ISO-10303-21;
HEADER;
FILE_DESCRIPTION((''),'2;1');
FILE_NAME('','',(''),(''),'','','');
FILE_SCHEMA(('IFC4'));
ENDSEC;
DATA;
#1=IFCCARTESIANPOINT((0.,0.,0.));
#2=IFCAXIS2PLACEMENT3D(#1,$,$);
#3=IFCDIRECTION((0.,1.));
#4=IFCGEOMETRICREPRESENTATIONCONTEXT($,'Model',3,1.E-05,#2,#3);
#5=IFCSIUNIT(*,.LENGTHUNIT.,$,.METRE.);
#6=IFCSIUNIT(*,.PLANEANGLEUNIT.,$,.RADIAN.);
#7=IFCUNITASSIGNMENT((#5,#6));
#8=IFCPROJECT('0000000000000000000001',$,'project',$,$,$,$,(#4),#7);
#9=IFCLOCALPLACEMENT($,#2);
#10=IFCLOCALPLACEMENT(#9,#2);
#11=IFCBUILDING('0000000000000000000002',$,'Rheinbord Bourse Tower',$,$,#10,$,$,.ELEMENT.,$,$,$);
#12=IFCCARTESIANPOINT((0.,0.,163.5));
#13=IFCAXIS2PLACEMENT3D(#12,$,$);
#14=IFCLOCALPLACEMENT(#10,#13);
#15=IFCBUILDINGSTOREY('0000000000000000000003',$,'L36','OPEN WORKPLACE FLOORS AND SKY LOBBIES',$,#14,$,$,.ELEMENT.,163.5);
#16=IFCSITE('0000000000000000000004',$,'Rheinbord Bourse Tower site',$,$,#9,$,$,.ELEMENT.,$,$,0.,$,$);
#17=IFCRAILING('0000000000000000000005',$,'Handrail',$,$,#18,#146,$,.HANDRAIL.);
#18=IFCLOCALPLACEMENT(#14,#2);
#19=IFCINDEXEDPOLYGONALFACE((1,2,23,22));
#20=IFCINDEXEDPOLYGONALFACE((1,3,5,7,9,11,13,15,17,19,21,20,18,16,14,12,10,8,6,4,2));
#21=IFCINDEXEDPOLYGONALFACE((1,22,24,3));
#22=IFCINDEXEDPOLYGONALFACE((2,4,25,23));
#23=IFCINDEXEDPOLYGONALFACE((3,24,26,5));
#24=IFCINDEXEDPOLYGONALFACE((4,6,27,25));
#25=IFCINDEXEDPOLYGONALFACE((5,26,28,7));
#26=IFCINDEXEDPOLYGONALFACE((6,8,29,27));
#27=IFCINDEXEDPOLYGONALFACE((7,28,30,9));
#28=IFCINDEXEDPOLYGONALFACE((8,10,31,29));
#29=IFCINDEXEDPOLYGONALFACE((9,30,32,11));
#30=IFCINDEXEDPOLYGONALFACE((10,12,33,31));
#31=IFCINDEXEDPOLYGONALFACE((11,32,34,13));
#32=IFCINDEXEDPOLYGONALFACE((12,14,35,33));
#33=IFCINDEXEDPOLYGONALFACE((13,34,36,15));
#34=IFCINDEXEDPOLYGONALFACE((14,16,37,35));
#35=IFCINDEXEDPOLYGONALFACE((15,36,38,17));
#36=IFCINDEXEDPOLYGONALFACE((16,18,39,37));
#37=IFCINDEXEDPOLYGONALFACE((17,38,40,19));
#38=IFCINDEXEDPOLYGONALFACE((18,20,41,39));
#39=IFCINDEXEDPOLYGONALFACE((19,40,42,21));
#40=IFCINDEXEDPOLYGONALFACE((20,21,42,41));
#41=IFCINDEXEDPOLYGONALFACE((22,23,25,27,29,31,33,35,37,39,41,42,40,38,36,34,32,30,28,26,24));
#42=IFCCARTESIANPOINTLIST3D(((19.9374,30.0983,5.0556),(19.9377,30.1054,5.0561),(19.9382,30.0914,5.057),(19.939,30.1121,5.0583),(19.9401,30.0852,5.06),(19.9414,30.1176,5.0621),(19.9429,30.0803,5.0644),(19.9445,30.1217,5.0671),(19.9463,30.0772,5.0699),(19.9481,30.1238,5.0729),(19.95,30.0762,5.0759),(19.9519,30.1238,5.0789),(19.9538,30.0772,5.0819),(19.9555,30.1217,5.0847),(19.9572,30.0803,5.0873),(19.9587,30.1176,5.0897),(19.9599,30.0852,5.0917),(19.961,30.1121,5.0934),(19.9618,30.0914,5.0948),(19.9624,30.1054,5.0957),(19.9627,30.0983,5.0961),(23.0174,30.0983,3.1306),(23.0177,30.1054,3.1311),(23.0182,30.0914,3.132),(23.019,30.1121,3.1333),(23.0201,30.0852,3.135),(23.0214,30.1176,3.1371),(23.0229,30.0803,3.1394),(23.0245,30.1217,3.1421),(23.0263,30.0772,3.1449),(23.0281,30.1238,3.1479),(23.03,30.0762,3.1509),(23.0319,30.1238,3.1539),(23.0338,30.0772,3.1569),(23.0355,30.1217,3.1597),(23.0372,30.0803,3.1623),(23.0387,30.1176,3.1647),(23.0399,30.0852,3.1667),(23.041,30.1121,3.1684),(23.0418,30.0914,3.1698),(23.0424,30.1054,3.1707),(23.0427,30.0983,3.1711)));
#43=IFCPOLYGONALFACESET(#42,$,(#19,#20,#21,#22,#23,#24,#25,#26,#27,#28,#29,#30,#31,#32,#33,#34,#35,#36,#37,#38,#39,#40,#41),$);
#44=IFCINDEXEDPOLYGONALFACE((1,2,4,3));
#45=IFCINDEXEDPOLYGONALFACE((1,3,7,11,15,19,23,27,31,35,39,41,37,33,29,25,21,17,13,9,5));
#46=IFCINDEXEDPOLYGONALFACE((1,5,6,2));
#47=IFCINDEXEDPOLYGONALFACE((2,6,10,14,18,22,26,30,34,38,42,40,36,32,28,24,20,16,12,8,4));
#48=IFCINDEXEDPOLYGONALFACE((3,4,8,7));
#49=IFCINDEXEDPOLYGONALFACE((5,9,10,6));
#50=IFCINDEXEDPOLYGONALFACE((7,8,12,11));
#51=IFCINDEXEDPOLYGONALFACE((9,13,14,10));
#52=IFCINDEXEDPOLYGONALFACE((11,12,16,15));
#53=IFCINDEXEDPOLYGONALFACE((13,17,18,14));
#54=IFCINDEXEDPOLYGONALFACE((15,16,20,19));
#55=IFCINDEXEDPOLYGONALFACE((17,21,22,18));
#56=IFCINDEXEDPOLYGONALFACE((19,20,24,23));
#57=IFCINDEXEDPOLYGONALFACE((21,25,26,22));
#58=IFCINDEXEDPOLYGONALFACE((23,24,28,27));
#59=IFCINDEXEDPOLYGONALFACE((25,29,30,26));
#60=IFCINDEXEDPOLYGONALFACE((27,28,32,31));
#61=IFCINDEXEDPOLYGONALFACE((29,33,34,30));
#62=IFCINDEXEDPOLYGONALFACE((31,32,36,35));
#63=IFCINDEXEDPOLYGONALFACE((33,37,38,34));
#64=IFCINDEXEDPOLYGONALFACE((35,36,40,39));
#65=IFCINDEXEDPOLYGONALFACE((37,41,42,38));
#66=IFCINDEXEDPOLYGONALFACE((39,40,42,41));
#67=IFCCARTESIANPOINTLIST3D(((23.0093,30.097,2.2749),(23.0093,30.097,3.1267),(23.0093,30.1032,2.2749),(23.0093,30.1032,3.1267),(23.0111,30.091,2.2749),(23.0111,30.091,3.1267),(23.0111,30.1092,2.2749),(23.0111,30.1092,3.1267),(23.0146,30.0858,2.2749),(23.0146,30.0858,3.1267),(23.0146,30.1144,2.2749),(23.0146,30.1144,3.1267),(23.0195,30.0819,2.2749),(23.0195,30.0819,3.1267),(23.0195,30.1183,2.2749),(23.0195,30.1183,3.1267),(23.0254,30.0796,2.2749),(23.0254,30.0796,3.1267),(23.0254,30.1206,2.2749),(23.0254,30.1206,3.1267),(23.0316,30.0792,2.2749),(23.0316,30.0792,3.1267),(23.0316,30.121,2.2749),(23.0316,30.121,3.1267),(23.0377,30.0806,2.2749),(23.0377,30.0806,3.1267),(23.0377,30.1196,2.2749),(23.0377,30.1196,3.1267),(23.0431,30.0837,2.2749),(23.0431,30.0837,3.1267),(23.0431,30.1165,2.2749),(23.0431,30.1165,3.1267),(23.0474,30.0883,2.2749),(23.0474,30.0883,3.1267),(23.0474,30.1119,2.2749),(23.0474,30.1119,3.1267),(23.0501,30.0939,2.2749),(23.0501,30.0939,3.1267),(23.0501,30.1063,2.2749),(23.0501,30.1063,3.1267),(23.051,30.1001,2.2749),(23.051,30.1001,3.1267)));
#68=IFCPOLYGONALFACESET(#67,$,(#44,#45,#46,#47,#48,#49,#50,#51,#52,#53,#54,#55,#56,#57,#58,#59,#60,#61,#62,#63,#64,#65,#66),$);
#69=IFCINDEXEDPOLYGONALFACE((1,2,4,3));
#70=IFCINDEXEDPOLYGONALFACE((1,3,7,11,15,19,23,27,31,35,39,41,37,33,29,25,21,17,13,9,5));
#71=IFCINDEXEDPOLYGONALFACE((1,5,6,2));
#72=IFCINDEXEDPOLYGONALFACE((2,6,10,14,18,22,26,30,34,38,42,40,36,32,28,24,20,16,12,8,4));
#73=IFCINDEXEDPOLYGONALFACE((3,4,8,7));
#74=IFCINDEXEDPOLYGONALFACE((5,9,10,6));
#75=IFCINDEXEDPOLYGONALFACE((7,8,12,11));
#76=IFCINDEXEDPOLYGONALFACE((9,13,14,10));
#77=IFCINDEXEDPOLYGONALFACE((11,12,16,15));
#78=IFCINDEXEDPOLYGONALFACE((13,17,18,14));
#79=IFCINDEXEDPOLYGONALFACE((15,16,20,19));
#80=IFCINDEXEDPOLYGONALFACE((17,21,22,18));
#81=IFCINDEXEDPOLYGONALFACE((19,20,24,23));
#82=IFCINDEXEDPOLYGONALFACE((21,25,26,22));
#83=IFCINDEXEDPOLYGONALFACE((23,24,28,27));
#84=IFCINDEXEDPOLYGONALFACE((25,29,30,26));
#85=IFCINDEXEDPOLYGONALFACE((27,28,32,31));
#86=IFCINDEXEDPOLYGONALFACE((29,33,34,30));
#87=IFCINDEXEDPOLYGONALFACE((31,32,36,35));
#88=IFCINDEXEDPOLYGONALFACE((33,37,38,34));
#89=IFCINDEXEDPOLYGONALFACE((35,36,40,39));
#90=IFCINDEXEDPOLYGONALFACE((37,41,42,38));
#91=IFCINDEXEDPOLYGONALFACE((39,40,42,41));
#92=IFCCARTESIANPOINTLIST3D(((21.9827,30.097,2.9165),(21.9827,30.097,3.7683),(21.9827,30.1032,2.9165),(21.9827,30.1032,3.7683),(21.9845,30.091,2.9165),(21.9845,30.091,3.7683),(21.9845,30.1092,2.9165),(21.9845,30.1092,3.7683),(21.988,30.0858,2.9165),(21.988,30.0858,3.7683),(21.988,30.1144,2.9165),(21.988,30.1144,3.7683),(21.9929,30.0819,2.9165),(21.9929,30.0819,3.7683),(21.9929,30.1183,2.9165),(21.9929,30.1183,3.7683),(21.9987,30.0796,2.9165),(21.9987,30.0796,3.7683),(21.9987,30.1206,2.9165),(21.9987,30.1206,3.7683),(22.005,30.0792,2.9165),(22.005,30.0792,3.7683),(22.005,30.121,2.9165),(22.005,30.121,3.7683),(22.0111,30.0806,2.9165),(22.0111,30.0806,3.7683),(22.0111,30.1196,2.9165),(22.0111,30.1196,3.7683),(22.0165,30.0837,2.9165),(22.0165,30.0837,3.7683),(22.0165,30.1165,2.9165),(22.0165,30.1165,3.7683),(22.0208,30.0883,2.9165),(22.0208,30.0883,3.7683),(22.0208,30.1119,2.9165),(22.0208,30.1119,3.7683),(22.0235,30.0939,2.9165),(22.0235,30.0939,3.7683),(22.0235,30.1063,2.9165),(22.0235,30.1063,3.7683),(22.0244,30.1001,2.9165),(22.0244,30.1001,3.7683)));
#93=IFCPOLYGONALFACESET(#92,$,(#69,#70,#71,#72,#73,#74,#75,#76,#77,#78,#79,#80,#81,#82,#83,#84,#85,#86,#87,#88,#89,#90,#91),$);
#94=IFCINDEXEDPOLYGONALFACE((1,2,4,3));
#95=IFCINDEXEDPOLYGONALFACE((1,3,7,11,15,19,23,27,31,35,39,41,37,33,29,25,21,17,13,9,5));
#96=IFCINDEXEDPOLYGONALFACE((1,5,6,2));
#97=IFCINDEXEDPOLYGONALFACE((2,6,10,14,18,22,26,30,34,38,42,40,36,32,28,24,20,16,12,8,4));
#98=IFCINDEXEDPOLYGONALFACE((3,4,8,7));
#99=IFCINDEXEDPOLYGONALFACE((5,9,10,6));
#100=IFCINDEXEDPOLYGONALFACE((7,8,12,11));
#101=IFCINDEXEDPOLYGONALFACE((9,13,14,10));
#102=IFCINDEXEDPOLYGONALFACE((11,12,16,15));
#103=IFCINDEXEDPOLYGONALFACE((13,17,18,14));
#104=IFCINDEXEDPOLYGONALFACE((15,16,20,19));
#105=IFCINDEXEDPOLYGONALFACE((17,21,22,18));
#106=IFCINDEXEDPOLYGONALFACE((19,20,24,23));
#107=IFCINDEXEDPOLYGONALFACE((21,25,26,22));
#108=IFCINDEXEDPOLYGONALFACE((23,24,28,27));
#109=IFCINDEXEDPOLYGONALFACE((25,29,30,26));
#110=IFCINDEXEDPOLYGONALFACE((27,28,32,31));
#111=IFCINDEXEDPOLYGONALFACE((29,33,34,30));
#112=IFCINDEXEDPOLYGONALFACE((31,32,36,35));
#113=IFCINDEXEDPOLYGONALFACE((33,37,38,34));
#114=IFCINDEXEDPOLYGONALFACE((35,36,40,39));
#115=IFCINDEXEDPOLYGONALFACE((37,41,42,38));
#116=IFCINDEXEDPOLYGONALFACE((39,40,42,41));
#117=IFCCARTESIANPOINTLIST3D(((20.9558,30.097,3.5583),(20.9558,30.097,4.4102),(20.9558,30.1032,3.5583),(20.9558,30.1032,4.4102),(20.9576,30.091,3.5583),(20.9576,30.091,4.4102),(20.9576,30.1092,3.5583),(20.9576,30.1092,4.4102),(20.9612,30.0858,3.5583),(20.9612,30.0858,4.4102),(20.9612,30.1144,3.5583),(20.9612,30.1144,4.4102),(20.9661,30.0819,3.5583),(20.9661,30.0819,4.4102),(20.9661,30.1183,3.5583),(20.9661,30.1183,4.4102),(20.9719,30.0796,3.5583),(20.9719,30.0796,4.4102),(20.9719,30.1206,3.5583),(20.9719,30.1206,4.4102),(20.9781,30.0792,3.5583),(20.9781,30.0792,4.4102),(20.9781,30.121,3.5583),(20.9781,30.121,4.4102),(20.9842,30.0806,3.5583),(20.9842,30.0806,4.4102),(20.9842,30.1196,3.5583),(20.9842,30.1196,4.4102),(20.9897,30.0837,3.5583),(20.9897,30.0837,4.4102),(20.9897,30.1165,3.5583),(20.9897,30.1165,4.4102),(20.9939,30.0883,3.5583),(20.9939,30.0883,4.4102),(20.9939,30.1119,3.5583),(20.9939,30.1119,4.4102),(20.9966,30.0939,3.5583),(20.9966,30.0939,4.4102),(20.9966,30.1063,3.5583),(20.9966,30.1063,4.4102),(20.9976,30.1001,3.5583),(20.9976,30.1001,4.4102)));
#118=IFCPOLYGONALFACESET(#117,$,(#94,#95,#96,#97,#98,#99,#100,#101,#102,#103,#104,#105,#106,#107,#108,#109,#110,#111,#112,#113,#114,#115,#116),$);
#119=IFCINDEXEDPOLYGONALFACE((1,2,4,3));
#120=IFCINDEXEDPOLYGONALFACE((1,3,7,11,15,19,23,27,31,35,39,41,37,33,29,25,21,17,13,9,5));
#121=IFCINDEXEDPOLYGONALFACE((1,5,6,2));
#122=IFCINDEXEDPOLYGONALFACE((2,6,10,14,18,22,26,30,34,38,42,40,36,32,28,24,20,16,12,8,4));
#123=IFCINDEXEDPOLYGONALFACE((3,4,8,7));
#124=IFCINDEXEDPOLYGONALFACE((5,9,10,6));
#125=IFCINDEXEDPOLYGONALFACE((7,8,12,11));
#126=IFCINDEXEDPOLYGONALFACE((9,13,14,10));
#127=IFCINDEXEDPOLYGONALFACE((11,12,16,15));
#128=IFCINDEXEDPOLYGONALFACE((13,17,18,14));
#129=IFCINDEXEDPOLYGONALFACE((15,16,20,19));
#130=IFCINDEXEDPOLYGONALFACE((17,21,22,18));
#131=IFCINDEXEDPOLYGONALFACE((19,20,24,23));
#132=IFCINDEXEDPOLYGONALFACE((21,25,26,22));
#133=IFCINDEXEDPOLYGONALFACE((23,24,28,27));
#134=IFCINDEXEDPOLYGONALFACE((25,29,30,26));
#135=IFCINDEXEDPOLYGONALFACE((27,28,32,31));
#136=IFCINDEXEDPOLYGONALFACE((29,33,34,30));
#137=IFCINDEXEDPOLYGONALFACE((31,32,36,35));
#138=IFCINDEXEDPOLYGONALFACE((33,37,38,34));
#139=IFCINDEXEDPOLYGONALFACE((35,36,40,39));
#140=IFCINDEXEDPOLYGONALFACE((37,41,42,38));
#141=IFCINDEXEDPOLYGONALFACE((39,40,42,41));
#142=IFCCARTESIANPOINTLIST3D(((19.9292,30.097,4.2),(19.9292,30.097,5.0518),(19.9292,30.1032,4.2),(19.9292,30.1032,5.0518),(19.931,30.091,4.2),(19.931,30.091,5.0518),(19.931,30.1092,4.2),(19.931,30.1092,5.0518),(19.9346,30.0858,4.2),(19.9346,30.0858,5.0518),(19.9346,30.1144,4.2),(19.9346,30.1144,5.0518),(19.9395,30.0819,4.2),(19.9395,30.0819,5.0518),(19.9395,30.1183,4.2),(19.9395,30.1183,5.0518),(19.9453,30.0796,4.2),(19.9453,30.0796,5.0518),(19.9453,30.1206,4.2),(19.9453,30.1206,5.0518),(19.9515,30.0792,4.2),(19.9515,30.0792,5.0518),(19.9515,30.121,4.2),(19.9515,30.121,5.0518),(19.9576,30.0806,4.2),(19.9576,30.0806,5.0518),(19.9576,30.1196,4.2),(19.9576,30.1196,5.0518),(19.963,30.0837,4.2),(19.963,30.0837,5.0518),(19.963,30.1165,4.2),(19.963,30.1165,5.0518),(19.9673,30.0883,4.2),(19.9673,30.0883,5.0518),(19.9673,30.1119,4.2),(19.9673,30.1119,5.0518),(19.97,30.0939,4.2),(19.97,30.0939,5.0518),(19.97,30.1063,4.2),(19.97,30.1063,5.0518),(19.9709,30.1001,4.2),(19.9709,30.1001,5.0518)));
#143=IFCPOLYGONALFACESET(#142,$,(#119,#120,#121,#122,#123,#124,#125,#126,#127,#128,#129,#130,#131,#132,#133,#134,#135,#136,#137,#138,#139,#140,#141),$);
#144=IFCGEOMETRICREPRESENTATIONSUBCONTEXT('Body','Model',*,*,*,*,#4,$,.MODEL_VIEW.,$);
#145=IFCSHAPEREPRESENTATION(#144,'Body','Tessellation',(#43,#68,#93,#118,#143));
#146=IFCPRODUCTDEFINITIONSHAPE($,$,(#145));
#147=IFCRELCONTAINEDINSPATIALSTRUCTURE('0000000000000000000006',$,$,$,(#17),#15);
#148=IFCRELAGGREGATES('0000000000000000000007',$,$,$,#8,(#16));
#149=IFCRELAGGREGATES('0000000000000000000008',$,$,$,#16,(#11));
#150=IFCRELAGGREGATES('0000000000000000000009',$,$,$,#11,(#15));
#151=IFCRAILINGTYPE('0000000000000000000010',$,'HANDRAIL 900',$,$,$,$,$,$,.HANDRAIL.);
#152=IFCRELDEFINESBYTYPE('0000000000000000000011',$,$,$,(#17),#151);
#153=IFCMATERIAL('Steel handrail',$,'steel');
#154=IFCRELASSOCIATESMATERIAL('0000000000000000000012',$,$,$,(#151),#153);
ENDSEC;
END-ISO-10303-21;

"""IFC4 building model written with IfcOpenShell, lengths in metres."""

from ifc_helpers import new_model, si_unit, direction, frame, origin, origin_2d, place, context, subcontext, project, spatial, circle, extrude, material, type_object, element, save


model = new_model("IFC4")

# Units and contexts
model_context = context("Model", 3, precision=1e-05, world=origin(), true_north=direction((0.0, 1.0)))
body_context = subcontext(model_context, "Body", "Model", "MODEL_VIEW")
ifc_project = project(units=[si_unit("LENGTHUNIT", "METRE"), si_unit("PLANEANGLEUNIT", "RADIAN")], contexts=[model_context])

# Site, building, storey
site_placement = place(None, origin())
site = spatial("IfcSite", under=ifc_project, at=site_placement, Name="Rheinbord Bourse Tower site", CompositionType="ELEMENT", RefElevation=0.0)
building_placement = place(site_placement, origin())
building = spatial("IfcBuilding", under=site, at=building_placement, Name="Rheinbord Bourse Tower", CompositionType="ELEMENT")
storey_placement = place(building_placement, frame((0.0, 0.0, 163.5)))
storey = spatial("IfcBuildingStorey", under=building, at=storey_placement, Name="L36", Description="OPEN WORKPLACE FLOORS AND SKY LOBBIES", CompositionType="ELEMENT", Elevation=163.5)

# Railing
ifc_material_1 = material(Name="Steel handrail", Category="steel")
railing_type = type_object("IfcRailingType", Name="HANDRAIL 900", PredefinedType="HANDRAIL", material=ifc_material_1)
railing_1_placement = place(storey_placement, frame((23.03, 30.1001, 2.2749)))
element("IfcRailing", 1, at=railing_1_placement, inside=storey, type_object=railing_type, Name="Handrail", PredefinedType="HANDRAIL", context=body_context, shape_type="SweptSolid", body=[
    extrude(circle(Radius=0.0239, at=origin_2d()), frame((0.0, 0.0, 0.876), z_axis=(-0.847998, 0.0, 0.529999), x_axis=(0.0, -1.0, 0.0)), (0.0, 0.0, 1.0), 3.6321),
    extrude(circle(Radius=0.021, at=origin_2d()), origin(), (0.0, 0.0, 1.0), 0.8518),
    extrude(circle(Radius=0.021, at=origin_2d()), frame((-1.0266, 0.0, 0.6416)), (0.0, 0.0, 1.0), 0.8518),
    extrude(circle(Radius=0.021, at=origin_2d()), frame((-2.0535, 0.0, 1.2834)), (0.0, 0.0, 1.0), 0.8518),
    extrude(circle(Radius=0.021, at=origin_2d()), frame((-3.0801, 0.0, 1.925)), (0.0, 0.0, 1.0), 0.8518),
])

save(model, "model.ifc")
